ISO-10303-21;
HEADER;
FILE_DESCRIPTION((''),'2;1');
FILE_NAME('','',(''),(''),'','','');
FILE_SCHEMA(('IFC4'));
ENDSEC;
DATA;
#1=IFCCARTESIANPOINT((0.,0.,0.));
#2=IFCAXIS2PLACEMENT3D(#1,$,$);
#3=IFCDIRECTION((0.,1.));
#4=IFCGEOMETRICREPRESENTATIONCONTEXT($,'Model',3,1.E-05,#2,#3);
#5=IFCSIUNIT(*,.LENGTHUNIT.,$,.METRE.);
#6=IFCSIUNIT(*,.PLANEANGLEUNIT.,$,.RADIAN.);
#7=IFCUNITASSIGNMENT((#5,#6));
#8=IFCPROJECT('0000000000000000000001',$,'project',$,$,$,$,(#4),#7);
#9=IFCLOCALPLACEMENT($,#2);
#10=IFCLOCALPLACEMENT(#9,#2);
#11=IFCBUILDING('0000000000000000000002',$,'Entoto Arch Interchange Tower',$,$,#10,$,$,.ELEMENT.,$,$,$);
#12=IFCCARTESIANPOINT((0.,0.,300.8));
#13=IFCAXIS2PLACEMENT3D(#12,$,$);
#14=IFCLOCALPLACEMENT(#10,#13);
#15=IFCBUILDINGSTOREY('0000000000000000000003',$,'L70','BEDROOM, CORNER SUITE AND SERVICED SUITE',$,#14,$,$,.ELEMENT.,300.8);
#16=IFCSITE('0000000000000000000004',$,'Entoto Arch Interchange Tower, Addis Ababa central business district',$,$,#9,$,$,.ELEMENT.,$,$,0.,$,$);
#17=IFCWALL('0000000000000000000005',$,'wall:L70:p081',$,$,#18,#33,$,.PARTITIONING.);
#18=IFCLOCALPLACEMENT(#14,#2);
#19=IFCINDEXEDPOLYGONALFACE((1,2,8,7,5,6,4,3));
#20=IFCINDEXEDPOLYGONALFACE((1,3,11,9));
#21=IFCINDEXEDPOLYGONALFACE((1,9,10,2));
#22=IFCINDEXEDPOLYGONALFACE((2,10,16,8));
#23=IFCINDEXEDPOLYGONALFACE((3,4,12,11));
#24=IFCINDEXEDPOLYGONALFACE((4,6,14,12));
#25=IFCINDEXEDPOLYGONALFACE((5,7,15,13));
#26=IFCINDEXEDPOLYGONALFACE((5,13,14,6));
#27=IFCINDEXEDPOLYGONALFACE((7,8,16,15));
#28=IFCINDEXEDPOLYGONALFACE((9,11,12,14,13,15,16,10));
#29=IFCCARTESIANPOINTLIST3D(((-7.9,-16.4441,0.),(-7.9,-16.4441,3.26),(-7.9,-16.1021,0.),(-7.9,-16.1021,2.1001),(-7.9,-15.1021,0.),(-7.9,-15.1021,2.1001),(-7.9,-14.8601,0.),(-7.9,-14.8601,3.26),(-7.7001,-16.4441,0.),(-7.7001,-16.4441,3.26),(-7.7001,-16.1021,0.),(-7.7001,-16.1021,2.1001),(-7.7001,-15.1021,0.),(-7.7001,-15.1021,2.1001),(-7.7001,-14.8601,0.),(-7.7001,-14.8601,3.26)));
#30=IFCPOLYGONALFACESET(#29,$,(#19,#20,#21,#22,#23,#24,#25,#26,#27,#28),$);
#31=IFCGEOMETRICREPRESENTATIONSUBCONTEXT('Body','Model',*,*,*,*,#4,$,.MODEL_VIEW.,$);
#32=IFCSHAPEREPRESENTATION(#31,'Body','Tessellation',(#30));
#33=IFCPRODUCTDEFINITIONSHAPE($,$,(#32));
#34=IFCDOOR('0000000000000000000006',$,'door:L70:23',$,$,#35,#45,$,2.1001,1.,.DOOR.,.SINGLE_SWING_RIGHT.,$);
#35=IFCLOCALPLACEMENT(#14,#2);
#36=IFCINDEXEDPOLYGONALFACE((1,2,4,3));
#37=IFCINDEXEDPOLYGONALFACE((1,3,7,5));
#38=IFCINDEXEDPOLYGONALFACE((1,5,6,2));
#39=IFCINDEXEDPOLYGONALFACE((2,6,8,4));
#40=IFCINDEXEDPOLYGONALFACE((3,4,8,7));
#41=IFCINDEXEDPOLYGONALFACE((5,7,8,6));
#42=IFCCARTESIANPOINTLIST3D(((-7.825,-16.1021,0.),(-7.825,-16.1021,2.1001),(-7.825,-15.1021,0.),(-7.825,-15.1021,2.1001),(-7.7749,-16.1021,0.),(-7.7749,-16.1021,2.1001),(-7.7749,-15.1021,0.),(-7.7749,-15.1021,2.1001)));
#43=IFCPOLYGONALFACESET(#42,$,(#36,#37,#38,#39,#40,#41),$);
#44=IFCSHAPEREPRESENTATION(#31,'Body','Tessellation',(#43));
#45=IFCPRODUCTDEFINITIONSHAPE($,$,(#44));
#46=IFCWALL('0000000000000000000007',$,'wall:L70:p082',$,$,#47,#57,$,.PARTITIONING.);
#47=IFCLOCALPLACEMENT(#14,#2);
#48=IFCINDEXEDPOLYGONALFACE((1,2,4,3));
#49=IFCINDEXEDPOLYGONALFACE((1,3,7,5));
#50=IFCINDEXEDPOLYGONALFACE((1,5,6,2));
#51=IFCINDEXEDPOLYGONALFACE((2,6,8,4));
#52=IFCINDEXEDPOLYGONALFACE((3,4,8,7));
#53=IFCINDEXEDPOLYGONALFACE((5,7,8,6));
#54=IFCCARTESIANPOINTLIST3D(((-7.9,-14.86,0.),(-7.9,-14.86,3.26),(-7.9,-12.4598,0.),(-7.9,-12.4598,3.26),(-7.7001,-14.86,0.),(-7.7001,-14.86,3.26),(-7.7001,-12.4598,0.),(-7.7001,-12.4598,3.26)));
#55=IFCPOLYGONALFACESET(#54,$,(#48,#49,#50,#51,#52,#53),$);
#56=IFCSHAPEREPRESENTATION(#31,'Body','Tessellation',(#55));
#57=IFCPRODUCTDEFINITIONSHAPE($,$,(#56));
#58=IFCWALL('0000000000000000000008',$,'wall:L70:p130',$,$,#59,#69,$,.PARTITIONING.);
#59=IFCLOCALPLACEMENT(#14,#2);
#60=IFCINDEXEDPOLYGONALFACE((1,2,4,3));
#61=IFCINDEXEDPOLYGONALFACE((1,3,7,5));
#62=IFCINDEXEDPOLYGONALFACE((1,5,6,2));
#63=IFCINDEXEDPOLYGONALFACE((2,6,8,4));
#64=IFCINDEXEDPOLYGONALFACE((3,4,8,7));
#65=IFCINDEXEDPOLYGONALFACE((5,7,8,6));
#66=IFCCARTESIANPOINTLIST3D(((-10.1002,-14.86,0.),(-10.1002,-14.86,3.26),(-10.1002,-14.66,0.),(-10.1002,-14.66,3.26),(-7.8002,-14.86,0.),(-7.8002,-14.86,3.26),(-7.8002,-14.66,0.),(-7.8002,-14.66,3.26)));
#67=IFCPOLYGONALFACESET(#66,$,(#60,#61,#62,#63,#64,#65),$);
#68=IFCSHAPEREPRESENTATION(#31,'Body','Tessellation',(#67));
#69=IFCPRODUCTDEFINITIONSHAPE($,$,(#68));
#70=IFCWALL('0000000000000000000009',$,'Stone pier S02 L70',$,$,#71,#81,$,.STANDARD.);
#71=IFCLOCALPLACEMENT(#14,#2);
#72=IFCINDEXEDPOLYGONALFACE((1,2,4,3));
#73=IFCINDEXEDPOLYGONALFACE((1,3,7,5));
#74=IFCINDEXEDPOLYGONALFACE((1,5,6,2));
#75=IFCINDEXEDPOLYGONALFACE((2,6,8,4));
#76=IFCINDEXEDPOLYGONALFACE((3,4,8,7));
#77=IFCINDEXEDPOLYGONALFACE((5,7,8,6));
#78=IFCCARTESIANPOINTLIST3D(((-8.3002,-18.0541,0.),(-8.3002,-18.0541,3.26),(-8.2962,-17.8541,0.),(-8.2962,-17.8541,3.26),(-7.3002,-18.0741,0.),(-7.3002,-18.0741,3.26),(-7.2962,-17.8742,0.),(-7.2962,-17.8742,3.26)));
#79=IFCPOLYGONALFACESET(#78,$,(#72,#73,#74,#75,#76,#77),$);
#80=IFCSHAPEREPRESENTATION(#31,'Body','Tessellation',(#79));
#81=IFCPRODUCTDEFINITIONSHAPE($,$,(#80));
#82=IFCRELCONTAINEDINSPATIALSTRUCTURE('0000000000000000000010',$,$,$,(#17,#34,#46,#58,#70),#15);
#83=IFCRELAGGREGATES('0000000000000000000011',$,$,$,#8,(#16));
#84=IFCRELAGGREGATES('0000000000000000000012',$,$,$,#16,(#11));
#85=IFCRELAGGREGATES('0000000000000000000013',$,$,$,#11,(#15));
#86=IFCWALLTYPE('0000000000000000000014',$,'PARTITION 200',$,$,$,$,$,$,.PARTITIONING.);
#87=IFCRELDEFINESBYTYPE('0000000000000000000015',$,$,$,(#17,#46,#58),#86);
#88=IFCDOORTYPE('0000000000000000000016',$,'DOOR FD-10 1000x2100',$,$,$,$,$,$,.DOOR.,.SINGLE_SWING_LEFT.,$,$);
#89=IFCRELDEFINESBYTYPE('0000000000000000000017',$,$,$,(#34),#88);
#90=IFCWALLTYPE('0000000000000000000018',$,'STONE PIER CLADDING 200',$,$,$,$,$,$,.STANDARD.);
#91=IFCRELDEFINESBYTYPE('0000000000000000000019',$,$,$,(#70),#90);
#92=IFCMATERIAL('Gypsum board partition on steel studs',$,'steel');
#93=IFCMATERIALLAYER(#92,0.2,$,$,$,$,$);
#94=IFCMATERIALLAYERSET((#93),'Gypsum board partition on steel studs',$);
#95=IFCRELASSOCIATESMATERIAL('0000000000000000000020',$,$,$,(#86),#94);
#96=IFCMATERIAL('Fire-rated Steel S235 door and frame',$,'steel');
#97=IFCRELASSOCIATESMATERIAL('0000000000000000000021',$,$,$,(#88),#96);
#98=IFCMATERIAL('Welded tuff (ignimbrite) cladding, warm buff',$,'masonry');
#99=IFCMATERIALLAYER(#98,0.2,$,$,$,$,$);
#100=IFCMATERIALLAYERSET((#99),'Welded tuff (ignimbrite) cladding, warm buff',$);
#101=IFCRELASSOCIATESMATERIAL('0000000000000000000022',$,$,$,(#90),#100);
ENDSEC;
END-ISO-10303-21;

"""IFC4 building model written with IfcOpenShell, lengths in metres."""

from ifc_helpers import new_model, si_unit, direction, frame, frame_2d, origin, place, context, subcontext, project, spatial, rectangle, extrude, material, layer, layer_set, type_object, element, fill, save


model = new_model("IFC4")

# Units and contexts
model_context = context("Model", 3, precision=1e-05, world=origin(), true_north=direction((0.0, 1.0)))
body_context = subcontext(model_context, "Body", "Model", "MODEL_VIEW")
ifc_project = project(units=[si_unit("LENGTHUNIT", "METRE"), si_unit("PLANEANGLEUNIT", "RADIAN")], contexts=[model_context])

# Site, building, storey
site_placement = place(None, origin())
site = spatial("IfcSite", under=ifc_project, at=site_placement, Name="Entoto Arch Interchange Tower, Addis Ababa central business district", CompositionType="ELEMENT", RefElevation=0.0)
building_placement = place(site_placement, origin())
building = spatial("IfcBuilding", under=site, at=building_placement, Name="Entoto Arch Interchange Tower", CompositionType="ELEMENT")
storey_placement = place(building_placement, frame((0.0, 0.0, 300.8)))
storey = spatial("IfcBuildingStorey", under=building, at=storey_placement, Name="L70", Description="BEDROOM, CORNER SUITE AND SERVICED SUITE", CompositionType="ELEMENT", Elevation=300.8)

# Wall, opening, door
ifc_material_1 = material(Name="Gypsum board partition on steel studs", Category="steel")
ifc_layer_1 = layer(ifc_material_1, 0.2)
ifc_layer_set_1 = layer_set([ifc_layer_1], Name="Gypsum board partition on steel studs")
wall_type_1 = type_object("IfcWallType", Name="PARTITION 200", PredefinedType="PARTITIONING", material=ifc_layer_set_1)
wall_1_placement = place(storey_placement, frame((-7.8, -16.4441, 0.0), z_axis=(0.0, 0.0, 1.0), x_axis=(0.0, 1.0, 0.0)))
wall_1 = element("IfcWall", 1, at=wall_1_placement, inside=storey, type_object=wall_type_1, Name="wall:L70:p081", PredefinedType="PARTITIONING", context=body_context, shape_type="SweptSolid", body=[
    extrude(rectangle(XDim=1.584, YDim=0.2, at=frame_2d((0.792, 0.0))), origin(), (0.0, 0.0, 1.0), 3.26),
])
opening_placement = place(wall_1_placement, frame((0.342, 0.0, 0.0)))
opening = element("IfcOpeningElement", 2, at=opening_placement, cuts=wall_1, PredefinedType="OPENING", context=body_context, shape_type="SweptSolid", body=[
    extrude(rectangle(XDim=1.0, YDim=2.1001, at=frame_2d((0.5, 1.05))), frame((0.0, 0.1099, 0.0), z_axis=(0.0, -1.0, 0.0), x_axis=(1.0, 0.0, 0.0)), (0.0, 0.0, 1.0), 0.22),
])
ifc_material_2 = material(Name="Fire-rated Steel S235 door and frame", Category="steel")
door_type = type_object("IfcDoorType", Name="DOOR FD-10 1000x2100", OperationType="SINGLE_SWING_LEFT", PredefinedType="DOOR", material=ifc_material_2)
door_placement = place(opening_placement, origin())
door = element("IfcDoor", 3, at=door_placement, inside=storey, type_object=door_type, Name="door:L70:23", OperationType="SINGLE_SWING_RIGHT", OverallHeight=2.1001, OverallWidth=1.0, PredefinedType="DOOR", context=body_context, shape_type="SweptSolid", body=[
    extrude(rectangle(XDim=1.0, YDim=2.1001, at=frame_2d((0.5, 1.05))), frame((0.0, 0.0249, 0.0), z_axis=(0.0, -1.0, 0.0), x_axis=(1.0, 0.0, 0.0)), (0.0, 0.0, 1.0), 0.05),
])
fill(opening, door)

# Walls
wall_2_placement = place(storey_placement, frame((-7.8, -14.8601, 0.0), z_axis=(0.0, 0.0, 1.0), x_axis=(0.0, 1.0, 0.0)))
element("IfcWall", 4, at=wall_2_placement, inside=storey, type_object=wall_type_1, Name="wall:L70:p082", PredefinedType="PARTITIONING", context=body_context, shape_type="SweptSolid", body=[
    extrude(rectangle(XDim=2.4001, YDim=0.2, at=frame_2d((1.2002, 0.0))), origin(), (0.0, 0.0, 1.0), 3.26),
])
wall_3_placement = place(storey_placement, frame((-10.1001, -14.76, 0.0), z_axis=(0.0, 0.0, 1.0), x_axis=(1.0, 0.0, 0.0)))
element("IfcWall", 5, at=wall_3_placement, inside=storey, type_object=wall_type_1, Name="wall:L70:p130", PredefinedType="PARTITIONING", context=body_context, shape_type="SweptSolid", body=[
    extrude(rectangle(XDim=2.3, YDim=0.2, at=frame_2d((1.1499, 0.0))), origin(), (0.0, 0.0, 1.0), 3.26),
])
ifc_material_3 = material(Name="Welded tuff (ignimbrite) cladding, warm buff", Category="masonry")
ifc_layer_2 = layer(ifc_material_3, 0.2)
ifc_layer_set_2 = layer_set([ifc_layer_2], Name="Welded tuff (ignimbrite) cladding, warm buff")
wall_type_2 = type_object("IfcWallType", Name="STONE PIER CLADDING 200", PredefinedType="STANDARD", material=ifc_layer_set_2)
wall_4_placement = place(storey_placement, frame((-8.2981, -17.9541, 0.0), z_axis=(0.0, 0.0, 1.0), x_axis=(0.9998, -0.020016, 0.0)))
element("IfcWall", 6, at=wall_4_placement, inside=storey, type_object=wall_type_2, Name="Stone pier S02 L70", PredefinedType="STANDARD", context=body_context, shape_type="SweptSolid", body=[
    extrude(rectangle(XDim=1.0002, YDim=0.2, at=frame_2d((0.5, 0.0))), origin(), (0.0, 0.0, 1.0), 3.26),
])

save(model, "model.ifc")
